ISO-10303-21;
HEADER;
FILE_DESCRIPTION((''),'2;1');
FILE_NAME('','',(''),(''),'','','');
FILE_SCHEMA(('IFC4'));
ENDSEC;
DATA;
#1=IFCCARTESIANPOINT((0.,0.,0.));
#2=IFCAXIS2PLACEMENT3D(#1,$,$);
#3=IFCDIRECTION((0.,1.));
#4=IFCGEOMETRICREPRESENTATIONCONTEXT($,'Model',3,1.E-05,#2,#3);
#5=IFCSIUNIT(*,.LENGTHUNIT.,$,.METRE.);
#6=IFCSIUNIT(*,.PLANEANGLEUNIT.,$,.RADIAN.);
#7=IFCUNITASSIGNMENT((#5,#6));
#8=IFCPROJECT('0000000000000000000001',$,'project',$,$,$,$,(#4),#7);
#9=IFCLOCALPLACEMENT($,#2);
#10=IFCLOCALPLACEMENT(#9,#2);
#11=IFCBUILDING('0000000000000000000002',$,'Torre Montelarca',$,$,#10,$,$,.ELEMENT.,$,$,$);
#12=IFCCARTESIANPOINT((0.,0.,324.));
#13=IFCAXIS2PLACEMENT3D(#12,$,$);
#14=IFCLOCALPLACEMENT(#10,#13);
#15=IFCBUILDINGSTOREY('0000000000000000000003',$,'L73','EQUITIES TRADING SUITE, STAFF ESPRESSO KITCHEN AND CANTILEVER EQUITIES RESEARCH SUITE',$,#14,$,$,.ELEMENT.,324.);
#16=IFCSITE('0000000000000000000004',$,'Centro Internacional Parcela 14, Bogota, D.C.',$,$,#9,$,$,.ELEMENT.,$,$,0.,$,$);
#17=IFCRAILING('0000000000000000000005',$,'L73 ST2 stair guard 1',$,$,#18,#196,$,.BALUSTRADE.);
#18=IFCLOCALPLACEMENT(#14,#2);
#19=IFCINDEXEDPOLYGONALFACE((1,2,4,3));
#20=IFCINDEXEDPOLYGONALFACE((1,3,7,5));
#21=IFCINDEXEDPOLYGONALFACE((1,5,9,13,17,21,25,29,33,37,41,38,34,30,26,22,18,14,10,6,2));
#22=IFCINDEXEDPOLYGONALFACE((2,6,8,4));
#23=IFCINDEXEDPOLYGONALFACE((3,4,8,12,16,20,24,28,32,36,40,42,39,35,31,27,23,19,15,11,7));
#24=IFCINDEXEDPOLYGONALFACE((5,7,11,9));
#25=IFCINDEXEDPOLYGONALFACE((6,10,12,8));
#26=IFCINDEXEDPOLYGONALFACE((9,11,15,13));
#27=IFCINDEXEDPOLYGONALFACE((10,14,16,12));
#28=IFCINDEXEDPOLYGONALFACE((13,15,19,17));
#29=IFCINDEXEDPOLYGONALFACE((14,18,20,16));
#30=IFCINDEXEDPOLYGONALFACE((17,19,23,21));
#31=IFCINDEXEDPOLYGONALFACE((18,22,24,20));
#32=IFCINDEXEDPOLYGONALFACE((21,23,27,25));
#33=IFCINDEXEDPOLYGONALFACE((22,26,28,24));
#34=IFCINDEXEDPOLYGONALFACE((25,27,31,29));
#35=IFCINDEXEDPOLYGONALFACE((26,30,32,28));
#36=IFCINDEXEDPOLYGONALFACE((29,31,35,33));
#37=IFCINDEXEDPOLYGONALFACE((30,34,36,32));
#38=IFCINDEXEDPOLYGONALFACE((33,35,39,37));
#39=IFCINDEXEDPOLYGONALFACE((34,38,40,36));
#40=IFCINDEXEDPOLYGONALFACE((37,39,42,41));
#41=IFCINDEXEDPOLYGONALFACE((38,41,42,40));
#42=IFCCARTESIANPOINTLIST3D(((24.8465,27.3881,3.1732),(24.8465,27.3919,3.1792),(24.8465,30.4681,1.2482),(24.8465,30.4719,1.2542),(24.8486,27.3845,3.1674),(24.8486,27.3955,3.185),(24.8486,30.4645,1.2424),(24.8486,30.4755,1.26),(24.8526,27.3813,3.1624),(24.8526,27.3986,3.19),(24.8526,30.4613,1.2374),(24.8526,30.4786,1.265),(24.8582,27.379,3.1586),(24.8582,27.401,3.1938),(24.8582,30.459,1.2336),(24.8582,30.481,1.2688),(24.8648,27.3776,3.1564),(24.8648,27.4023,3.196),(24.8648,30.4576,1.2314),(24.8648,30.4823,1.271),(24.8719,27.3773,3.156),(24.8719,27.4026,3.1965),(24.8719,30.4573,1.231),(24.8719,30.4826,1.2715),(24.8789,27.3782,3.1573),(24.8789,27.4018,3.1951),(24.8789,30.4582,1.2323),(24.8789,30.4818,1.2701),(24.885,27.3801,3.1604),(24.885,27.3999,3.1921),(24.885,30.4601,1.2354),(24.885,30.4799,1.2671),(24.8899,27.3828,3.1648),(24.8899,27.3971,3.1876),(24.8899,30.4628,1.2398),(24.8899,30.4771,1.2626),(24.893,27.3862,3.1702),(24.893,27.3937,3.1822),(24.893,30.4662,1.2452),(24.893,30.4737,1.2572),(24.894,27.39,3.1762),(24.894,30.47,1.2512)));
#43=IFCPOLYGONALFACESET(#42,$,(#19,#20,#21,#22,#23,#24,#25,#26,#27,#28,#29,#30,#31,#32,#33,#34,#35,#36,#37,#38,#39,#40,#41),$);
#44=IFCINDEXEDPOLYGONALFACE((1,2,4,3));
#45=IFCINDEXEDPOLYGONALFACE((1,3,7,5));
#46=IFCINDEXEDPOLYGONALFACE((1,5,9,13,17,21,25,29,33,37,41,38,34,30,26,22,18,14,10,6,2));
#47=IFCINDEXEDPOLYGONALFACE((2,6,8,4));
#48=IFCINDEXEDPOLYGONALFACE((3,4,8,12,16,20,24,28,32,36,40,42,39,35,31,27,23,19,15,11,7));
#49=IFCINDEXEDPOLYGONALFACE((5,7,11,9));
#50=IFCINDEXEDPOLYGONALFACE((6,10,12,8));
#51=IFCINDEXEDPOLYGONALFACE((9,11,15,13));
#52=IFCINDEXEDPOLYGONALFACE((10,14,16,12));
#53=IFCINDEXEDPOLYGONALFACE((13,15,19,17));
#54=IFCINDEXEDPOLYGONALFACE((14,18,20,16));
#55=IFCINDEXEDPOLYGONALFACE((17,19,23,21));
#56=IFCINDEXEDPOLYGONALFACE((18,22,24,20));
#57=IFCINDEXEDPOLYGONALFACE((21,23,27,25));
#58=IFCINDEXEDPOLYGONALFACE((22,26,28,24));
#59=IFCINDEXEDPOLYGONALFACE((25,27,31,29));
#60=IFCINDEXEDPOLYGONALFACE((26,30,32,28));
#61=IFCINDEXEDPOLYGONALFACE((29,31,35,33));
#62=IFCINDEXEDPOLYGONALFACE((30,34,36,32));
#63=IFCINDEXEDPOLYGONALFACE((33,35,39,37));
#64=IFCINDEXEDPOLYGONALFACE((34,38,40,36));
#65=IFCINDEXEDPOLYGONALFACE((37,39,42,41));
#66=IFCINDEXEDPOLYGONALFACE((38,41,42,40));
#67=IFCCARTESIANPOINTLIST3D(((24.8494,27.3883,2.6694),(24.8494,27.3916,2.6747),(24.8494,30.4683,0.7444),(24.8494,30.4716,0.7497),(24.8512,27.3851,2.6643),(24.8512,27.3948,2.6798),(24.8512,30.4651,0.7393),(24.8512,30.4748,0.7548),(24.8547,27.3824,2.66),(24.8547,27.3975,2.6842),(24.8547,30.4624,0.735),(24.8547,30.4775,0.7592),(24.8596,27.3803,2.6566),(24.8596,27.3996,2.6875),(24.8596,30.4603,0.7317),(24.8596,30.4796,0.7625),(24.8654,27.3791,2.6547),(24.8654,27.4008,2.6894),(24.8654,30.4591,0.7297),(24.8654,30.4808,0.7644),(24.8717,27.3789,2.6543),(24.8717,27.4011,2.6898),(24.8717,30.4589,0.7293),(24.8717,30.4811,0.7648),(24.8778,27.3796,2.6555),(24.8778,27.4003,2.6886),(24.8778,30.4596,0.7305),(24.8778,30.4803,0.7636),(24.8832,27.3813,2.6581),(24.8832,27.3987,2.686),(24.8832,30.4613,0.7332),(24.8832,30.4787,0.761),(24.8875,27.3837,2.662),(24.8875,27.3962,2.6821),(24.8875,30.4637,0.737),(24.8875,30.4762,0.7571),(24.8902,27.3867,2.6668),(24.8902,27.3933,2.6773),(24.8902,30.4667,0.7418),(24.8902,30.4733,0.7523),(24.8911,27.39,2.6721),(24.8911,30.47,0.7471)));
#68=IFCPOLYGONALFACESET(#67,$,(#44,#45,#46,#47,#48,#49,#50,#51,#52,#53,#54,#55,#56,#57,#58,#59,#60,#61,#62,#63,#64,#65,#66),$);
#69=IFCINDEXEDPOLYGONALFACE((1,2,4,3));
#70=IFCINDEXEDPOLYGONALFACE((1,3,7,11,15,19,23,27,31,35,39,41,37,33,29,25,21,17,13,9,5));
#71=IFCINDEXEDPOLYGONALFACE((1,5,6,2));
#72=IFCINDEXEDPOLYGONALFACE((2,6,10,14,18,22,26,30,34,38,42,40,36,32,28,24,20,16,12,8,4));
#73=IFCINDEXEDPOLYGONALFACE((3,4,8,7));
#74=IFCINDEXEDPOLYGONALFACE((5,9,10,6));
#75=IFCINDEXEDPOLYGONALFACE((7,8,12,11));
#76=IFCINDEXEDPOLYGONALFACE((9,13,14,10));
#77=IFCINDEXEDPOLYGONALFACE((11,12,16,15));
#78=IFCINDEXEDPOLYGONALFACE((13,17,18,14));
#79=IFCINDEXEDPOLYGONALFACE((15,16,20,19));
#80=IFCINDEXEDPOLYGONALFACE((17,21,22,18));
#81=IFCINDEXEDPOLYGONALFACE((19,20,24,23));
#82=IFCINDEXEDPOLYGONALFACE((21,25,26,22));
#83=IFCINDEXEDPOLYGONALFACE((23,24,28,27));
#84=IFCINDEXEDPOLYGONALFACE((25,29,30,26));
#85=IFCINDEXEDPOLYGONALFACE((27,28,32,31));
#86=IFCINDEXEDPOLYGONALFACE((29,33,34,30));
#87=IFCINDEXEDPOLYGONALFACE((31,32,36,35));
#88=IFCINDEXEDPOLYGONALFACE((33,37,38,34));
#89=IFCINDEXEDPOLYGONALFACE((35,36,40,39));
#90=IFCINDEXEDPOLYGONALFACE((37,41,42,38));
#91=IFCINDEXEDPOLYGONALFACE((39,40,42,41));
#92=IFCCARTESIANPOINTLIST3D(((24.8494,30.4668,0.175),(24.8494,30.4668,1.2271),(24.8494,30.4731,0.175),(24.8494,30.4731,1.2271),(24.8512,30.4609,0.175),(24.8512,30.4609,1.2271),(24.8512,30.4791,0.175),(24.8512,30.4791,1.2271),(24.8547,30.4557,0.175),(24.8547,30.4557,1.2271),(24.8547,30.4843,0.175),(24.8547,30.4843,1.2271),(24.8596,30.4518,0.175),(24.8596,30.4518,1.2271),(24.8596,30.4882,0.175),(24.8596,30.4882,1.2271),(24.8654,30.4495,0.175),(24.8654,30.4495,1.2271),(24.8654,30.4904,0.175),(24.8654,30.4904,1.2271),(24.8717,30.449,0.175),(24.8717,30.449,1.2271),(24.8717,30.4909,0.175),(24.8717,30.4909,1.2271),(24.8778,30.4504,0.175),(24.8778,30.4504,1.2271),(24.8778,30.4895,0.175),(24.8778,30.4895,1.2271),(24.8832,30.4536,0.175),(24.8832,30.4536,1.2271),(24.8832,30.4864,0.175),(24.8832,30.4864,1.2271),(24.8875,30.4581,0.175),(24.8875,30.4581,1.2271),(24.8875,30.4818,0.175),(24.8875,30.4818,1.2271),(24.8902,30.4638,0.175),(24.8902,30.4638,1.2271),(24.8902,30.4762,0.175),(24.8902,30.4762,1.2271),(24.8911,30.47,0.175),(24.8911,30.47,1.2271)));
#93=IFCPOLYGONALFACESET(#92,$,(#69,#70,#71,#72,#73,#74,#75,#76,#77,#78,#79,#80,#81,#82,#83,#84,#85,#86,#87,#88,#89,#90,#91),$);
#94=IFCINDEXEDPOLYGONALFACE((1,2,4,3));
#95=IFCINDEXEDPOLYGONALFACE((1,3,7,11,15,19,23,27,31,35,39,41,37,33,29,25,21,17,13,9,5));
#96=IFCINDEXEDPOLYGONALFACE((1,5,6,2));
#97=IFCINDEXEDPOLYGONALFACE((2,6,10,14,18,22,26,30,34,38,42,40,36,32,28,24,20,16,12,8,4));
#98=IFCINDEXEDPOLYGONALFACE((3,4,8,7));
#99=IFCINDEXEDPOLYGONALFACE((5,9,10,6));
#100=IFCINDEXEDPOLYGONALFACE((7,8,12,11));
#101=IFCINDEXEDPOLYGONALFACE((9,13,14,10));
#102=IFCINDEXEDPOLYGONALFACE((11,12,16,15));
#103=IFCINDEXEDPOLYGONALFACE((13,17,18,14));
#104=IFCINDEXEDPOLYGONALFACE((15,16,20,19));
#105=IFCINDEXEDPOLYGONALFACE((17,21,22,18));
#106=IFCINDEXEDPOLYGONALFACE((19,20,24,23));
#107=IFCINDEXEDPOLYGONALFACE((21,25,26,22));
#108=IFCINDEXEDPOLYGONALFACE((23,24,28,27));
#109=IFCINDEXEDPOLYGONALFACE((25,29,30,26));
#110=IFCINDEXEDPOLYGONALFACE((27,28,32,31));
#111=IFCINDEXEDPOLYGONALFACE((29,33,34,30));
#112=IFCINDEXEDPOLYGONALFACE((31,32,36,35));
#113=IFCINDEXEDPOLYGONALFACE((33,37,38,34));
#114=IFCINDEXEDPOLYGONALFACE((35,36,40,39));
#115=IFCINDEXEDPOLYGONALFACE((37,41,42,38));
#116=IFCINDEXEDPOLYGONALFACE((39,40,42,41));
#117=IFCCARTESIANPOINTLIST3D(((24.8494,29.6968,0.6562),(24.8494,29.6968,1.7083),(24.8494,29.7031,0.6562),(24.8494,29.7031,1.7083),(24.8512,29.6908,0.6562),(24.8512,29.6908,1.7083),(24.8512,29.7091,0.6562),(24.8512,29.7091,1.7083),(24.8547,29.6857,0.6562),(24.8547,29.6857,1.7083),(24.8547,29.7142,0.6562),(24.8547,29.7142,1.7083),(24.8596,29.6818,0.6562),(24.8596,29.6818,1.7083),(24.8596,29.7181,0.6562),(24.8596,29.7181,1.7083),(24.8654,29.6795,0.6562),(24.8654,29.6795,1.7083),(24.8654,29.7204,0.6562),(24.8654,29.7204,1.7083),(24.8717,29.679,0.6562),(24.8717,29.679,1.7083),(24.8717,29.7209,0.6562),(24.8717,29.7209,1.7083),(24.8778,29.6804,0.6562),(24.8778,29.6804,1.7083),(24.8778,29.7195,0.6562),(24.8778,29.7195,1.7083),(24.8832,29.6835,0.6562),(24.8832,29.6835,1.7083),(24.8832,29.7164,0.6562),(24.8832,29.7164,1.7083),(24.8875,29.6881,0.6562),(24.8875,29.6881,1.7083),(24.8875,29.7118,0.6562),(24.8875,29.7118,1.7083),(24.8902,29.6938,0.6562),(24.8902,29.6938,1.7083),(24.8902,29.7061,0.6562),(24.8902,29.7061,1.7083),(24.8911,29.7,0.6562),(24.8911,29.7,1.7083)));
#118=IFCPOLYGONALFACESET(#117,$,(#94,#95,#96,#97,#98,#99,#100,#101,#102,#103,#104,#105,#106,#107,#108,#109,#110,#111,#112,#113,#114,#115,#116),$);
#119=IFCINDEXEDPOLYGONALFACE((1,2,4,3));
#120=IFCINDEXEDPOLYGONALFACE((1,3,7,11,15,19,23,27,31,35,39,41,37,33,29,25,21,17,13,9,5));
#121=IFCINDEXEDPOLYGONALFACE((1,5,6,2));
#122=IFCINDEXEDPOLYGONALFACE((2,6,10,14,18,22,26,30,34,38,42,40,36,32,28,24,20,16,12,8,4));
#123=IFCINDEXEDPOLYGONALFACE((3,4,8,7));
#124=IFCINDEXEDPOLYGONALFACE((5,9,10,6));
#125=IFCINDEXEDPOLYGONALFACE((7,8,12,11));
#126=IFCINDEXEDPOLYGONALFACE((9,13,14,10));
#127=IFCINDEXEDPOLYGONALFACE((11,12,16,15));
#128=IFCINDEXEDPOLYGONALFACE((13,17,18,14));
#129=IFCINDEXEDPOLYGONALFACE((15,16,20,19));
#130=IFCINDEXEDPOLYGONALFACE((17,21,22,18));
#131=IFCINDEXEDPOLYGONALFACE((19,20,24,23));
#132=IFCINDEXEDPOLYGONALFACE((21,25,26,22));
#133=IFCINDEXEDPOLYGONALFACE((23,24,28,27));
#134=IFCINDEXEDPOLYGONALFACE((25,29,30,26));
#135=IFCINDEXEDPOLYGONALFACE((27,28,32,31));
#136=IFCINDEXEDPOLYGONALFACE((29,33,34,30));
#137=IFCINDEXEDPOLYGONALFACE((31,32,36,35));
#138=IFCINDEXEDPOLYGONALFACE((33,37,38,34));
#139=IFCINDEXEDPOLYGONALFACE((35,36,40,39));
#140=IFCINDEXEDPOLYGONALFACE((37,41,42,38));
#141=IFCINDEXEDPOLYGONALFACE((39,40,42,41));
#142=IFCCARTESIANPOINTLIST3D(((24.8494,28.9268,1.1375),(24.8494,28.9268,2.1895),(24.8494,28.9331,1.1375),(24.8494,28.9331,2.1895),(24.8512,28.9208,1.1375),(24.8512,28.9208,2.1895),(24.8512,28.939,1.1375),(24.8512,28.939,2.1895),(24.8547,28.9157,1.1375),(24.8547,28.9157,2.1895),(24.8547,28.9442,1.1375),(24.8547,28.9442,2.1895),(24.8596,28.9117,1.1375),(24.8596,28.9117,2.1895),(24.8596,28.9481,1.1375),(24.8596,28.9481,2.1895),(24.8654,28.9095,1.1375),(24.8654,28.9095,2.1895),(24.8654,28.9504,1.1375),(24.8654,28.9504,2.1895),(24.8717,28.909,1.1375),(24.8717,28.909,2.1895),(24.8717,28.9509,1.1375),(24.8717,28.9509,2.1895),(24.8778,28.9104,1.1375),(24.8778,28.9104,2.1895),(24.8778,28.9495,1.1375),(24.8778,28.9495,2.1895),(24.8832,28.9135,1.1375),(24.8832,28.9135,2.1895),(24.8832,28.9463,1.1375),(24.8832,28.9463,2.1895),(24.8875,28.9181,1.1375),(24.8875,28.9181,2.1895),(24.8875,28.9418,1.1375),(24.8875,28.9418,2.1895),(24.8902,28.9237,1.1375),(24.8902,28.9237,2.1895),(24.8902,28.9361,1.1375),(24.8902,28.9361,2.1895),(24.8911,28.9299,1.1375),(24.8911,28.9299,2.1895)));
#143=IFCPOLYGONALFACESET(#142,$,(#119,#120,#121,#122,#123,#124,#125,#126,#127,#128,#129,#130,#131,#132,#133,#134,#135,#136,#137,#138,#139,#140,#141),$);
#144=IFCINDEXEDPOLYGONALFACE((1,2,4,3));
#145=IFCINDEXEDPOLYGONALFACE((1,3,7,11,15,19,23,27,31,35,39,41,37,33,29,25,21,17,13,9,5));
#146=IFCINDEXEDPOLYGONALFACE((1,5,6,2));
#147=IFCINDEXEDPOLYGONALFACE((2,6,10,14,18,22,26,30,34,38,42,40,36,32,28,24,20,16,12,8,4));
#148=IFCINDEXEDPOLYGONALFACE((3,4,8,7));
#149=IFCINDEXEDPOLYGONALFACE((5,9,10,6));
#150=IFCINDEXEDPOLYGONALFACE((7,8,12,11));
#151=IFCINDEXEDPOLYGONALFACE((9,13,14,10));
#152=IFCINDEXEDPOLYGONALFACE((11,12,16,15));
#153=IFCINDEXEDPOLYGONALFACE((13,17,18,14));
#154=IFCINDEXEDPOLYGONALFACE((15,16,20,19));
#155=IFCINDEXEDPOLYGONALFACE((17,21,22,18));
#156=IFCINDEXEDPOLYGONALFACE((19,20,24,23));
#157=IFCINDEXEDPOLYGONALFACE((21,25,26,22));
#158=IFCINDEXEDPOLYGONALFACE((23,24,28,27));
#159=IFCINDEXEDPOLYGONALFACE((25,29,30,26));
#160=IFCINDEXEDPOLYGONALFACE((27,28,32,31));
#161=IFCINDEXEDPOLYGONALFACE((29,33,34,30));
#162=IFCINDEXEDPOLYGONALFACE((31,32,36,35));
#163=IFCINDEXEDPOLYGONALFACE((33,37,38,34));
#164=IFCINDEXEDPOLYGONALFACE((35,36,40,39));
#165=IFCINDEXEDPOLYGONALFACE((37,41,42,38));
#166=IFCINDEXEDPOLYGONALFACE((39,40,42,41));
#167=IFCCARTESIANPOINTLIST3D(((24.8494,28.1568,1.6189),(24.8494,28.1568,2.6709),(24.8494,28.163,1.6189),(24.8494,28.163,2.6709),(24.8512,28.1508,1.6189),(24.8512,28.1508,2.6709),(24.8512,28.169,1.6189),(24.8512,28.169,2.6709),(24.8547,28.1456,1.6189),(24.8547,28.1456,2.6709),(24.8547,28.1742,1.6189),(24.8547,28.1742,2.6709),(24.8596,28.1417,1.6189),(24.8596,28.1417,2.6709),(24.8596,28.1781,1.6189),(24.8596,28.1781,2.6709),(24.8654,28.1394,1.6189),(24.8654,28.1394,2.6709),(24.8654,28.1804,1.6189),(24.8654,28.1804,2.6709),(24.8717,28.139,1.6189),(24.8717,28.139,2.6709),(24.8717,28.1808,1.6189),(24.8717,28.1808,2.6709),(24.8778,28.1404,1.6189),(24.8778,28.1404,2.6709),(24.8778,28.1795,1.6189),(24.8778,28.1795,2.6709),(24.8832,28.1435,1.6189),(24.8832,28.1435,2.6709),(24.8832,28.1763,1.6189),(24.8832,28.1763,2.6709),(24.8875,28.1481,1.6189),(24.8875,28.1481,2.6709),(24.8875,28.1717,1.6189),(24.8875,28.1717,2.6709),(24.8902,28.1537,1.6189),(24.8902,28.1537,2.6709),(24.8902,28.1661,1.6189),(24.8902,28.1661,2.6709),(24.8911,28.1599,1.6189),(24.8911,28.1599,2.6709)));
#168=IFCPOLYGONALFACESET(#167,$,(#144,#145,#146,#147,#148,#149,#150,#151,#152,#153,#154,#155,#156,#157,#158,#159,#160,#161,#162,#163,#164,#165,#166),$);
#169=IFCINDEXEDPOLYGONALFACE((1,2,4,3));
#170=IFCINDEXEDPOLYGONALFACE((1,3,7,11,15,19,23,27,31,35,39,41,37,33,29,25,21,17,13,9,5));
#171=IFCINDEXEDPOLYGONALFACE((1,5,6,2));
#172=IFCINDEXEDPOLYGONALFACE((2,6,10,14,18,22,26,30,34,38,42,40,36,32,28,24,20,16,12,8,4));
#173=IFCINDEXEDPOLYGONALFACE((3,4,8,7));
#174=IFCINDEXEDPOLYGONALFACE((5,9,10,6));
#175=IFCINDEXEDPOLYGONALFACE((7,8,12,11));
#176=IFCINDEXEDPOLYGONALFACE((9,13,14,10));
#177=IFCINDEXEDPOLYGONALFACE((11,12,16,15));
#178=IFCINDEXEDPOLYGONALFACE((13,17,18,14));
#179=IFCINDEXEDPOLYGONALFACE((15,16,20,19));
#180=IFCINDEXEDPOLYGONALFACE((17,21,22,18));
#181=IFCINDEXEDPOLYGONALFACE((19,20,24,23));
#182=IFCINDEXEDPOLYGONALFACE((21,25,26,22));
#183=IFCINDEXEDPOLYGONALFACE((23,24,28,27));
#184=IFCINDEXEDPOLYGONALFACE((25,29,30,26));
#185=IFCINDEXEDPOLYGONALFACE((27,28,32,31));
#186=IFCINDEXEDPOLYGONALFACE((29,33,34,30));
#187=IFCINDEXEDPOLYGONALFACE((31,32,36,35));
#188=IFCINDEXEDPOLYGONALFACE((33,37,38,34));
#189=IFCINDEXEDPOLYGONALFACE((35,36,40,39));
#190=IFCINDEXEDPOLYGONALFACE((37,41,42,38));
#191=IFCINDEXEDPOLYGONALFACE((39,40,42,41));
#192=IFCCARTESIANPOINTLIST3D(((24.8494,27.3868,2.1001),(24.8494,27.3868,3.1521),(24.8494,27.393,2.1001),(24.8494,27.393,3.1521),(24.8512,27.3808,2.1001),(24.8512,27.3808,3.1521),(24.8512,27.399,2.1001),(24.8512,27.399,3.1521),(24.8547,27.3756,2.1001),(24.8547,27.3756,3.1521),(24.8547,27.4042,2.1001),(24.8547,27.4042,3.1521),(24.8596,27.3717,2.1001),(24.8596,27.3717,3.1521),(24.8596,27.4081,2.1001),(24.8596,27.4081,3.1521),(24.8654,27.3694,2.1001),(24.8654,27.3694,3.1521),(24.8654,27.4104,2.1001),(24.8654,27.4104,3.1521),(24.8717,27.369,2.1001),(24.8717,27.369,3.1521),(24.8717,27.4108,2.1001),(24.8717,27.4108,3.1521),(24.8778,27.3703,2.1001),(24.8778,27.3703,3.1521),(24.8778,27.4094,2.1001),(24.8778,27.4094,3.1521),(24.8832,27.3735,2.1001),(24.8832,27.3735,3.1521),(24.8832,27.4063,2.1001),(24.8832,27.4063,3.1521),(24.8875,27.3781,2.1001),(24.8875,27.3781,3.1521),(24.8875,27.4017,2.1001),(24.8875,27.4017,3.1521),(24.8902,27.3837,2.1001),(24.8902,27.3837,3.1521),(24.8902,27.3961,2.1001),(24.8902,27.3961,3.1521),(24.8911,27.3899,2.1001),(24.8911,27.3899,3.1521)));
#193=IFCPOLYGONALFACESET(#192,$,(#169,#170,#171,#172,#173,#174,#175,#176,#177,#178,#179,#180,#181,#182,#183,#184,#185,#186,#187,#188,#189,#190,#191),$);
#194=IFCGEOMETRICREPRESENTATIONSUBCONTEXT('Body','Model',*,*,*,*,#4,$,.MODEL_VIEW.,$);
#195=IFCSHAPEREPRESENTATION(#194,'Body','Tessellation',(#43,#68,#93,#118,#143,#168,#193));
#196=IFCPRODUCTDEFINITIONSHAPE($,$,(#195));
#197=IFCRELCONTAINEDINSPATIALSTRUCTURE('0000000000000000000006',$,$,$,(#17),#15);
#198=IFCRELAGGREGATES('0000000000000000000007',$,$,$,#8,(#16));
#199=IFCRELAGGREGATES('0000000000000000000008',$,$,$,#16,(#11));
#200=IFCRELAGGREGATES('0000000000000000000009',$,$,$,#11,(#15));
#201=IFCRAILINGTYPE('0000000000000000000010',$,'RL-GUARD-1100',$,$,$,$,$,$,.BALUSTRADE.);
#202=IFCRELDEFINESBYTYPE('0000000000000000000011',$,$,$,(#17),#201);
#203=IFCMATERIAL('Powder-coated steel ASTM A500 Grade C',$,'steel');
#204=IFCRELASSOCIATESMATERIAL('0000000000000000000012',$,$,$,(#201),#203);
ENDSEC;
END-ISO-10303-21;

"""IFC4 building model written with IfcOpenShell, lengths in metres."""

from ifc_helpers import new_model, si_unit, direction, frame, origin, origin_2d, place, context, subcontext, project, spatial, circle, extrude, material, type_object, element, save


model = new_model("IFC4")

# Units and contexts
model_context = context("Model", 3, precision=1e-05, world=origin(), true_north=direction((0.0, 1.0)))
body_context = subcontext(model_context, "Body", "Model", "MODEL_VIEW")
ifc_project = project(units=[si_unit("LENGTHUNIT", "METRE"), si_unit("PLANEANGLEUNIT", "RADIAN")], contexts=[model_context])

# Site, building, storey
site_placement = place(None, origin())
site = spatial("IfcSite", under=ifc_project, at=site_placement, Name="Centro Internacional Parcela 14, Bogota, D.C.", CompositionType="ELEMENT", RefElevation=0.0)
building_placement = place(site_placement, origin())
building = spatial("IfcBuilding", under=site, at=building_placement, Name="Torre Montelarca", CompositionType="ELEMENT")
storey_placement = place(building_placement, frame((0.0, 0.0, 324.0)))
storey = spatial("IfcBuildingStorey", under=building, at=storey_placement, Name="L73", Description="EQUITIES TRADING SUITE, STAFF ESPRESSO KITCHEN AND CANTILEVER EQUITIES RESEARCH SUITE", CompositionType="ELEMENT", Elevation=324.0)

# Railing
ifc_material_1 = material(Name="Powder-coated steel ASTM A500 Grade C", Category="steel")
railing_type_1 = type_object("IfcRailingType", Name="RL-GUARD-1100", PredefinedType="BALUSTRADE", material=ifc_material_1)
railing_1_placement = place(storey_placement, frame((24.8701, 30.47, 0.175)))
element("IfcRailing", 1, at=railing_1_placement, inside=storey, type_object=railing_type_1, Name="L73 ST2 stair guard 1", PredefinedType="BALUSTRADE", context=body_context, shape_type="SweptSolid", body=[
    extrude(circle(Radius=0.0239, at=origin_2d()), frame((0.0, 0.0, 1.0762), z_axis=(0.0, -0.847998, 0.529999), x_axis=(1.0, 0.0, 0.0)), (0.0, 0.0, 1.0), 3.6321),
    extrude(circle(Radius=0.021, at=origin_2d()), frame((0.0, 0.0, 0.572), z_axis=(0.0, -0.847998, 0.529999), x_axis=(1.0, 0.0, 0.0)), (0.0, 0.0, 1.0), 3.6321),
    extrude(circle(Radius=0.021, at=origin_2d()), origin(), (0.0, 0.0, 1.0), 1.052),
    extrude(circle(Radius=0.021, at=origin_2d()), frame((0.0, -0.77, 0.4812)), (0.0, 0.0, 1.0), 1.052),
    extrude(circle(Radius=0.021, at=origin_2d()), frame((0.0, -1.54, 0.9624)), (0.0, 0.0, 1.0), 1.052),
    extrude(circle(Radius=0.021, at=origin_2d()), frame((0.0, -2.3101, 1.4438)), (0.0, 0.0, 1.0), 1.052),
    extrude(circle(Radius=0.021, at=origin_2d()), frame((0.0, -3.0801, 1.925)), (0.0, 0.0, 1.0), 1.052),
])

save(model, "model.ifc")
